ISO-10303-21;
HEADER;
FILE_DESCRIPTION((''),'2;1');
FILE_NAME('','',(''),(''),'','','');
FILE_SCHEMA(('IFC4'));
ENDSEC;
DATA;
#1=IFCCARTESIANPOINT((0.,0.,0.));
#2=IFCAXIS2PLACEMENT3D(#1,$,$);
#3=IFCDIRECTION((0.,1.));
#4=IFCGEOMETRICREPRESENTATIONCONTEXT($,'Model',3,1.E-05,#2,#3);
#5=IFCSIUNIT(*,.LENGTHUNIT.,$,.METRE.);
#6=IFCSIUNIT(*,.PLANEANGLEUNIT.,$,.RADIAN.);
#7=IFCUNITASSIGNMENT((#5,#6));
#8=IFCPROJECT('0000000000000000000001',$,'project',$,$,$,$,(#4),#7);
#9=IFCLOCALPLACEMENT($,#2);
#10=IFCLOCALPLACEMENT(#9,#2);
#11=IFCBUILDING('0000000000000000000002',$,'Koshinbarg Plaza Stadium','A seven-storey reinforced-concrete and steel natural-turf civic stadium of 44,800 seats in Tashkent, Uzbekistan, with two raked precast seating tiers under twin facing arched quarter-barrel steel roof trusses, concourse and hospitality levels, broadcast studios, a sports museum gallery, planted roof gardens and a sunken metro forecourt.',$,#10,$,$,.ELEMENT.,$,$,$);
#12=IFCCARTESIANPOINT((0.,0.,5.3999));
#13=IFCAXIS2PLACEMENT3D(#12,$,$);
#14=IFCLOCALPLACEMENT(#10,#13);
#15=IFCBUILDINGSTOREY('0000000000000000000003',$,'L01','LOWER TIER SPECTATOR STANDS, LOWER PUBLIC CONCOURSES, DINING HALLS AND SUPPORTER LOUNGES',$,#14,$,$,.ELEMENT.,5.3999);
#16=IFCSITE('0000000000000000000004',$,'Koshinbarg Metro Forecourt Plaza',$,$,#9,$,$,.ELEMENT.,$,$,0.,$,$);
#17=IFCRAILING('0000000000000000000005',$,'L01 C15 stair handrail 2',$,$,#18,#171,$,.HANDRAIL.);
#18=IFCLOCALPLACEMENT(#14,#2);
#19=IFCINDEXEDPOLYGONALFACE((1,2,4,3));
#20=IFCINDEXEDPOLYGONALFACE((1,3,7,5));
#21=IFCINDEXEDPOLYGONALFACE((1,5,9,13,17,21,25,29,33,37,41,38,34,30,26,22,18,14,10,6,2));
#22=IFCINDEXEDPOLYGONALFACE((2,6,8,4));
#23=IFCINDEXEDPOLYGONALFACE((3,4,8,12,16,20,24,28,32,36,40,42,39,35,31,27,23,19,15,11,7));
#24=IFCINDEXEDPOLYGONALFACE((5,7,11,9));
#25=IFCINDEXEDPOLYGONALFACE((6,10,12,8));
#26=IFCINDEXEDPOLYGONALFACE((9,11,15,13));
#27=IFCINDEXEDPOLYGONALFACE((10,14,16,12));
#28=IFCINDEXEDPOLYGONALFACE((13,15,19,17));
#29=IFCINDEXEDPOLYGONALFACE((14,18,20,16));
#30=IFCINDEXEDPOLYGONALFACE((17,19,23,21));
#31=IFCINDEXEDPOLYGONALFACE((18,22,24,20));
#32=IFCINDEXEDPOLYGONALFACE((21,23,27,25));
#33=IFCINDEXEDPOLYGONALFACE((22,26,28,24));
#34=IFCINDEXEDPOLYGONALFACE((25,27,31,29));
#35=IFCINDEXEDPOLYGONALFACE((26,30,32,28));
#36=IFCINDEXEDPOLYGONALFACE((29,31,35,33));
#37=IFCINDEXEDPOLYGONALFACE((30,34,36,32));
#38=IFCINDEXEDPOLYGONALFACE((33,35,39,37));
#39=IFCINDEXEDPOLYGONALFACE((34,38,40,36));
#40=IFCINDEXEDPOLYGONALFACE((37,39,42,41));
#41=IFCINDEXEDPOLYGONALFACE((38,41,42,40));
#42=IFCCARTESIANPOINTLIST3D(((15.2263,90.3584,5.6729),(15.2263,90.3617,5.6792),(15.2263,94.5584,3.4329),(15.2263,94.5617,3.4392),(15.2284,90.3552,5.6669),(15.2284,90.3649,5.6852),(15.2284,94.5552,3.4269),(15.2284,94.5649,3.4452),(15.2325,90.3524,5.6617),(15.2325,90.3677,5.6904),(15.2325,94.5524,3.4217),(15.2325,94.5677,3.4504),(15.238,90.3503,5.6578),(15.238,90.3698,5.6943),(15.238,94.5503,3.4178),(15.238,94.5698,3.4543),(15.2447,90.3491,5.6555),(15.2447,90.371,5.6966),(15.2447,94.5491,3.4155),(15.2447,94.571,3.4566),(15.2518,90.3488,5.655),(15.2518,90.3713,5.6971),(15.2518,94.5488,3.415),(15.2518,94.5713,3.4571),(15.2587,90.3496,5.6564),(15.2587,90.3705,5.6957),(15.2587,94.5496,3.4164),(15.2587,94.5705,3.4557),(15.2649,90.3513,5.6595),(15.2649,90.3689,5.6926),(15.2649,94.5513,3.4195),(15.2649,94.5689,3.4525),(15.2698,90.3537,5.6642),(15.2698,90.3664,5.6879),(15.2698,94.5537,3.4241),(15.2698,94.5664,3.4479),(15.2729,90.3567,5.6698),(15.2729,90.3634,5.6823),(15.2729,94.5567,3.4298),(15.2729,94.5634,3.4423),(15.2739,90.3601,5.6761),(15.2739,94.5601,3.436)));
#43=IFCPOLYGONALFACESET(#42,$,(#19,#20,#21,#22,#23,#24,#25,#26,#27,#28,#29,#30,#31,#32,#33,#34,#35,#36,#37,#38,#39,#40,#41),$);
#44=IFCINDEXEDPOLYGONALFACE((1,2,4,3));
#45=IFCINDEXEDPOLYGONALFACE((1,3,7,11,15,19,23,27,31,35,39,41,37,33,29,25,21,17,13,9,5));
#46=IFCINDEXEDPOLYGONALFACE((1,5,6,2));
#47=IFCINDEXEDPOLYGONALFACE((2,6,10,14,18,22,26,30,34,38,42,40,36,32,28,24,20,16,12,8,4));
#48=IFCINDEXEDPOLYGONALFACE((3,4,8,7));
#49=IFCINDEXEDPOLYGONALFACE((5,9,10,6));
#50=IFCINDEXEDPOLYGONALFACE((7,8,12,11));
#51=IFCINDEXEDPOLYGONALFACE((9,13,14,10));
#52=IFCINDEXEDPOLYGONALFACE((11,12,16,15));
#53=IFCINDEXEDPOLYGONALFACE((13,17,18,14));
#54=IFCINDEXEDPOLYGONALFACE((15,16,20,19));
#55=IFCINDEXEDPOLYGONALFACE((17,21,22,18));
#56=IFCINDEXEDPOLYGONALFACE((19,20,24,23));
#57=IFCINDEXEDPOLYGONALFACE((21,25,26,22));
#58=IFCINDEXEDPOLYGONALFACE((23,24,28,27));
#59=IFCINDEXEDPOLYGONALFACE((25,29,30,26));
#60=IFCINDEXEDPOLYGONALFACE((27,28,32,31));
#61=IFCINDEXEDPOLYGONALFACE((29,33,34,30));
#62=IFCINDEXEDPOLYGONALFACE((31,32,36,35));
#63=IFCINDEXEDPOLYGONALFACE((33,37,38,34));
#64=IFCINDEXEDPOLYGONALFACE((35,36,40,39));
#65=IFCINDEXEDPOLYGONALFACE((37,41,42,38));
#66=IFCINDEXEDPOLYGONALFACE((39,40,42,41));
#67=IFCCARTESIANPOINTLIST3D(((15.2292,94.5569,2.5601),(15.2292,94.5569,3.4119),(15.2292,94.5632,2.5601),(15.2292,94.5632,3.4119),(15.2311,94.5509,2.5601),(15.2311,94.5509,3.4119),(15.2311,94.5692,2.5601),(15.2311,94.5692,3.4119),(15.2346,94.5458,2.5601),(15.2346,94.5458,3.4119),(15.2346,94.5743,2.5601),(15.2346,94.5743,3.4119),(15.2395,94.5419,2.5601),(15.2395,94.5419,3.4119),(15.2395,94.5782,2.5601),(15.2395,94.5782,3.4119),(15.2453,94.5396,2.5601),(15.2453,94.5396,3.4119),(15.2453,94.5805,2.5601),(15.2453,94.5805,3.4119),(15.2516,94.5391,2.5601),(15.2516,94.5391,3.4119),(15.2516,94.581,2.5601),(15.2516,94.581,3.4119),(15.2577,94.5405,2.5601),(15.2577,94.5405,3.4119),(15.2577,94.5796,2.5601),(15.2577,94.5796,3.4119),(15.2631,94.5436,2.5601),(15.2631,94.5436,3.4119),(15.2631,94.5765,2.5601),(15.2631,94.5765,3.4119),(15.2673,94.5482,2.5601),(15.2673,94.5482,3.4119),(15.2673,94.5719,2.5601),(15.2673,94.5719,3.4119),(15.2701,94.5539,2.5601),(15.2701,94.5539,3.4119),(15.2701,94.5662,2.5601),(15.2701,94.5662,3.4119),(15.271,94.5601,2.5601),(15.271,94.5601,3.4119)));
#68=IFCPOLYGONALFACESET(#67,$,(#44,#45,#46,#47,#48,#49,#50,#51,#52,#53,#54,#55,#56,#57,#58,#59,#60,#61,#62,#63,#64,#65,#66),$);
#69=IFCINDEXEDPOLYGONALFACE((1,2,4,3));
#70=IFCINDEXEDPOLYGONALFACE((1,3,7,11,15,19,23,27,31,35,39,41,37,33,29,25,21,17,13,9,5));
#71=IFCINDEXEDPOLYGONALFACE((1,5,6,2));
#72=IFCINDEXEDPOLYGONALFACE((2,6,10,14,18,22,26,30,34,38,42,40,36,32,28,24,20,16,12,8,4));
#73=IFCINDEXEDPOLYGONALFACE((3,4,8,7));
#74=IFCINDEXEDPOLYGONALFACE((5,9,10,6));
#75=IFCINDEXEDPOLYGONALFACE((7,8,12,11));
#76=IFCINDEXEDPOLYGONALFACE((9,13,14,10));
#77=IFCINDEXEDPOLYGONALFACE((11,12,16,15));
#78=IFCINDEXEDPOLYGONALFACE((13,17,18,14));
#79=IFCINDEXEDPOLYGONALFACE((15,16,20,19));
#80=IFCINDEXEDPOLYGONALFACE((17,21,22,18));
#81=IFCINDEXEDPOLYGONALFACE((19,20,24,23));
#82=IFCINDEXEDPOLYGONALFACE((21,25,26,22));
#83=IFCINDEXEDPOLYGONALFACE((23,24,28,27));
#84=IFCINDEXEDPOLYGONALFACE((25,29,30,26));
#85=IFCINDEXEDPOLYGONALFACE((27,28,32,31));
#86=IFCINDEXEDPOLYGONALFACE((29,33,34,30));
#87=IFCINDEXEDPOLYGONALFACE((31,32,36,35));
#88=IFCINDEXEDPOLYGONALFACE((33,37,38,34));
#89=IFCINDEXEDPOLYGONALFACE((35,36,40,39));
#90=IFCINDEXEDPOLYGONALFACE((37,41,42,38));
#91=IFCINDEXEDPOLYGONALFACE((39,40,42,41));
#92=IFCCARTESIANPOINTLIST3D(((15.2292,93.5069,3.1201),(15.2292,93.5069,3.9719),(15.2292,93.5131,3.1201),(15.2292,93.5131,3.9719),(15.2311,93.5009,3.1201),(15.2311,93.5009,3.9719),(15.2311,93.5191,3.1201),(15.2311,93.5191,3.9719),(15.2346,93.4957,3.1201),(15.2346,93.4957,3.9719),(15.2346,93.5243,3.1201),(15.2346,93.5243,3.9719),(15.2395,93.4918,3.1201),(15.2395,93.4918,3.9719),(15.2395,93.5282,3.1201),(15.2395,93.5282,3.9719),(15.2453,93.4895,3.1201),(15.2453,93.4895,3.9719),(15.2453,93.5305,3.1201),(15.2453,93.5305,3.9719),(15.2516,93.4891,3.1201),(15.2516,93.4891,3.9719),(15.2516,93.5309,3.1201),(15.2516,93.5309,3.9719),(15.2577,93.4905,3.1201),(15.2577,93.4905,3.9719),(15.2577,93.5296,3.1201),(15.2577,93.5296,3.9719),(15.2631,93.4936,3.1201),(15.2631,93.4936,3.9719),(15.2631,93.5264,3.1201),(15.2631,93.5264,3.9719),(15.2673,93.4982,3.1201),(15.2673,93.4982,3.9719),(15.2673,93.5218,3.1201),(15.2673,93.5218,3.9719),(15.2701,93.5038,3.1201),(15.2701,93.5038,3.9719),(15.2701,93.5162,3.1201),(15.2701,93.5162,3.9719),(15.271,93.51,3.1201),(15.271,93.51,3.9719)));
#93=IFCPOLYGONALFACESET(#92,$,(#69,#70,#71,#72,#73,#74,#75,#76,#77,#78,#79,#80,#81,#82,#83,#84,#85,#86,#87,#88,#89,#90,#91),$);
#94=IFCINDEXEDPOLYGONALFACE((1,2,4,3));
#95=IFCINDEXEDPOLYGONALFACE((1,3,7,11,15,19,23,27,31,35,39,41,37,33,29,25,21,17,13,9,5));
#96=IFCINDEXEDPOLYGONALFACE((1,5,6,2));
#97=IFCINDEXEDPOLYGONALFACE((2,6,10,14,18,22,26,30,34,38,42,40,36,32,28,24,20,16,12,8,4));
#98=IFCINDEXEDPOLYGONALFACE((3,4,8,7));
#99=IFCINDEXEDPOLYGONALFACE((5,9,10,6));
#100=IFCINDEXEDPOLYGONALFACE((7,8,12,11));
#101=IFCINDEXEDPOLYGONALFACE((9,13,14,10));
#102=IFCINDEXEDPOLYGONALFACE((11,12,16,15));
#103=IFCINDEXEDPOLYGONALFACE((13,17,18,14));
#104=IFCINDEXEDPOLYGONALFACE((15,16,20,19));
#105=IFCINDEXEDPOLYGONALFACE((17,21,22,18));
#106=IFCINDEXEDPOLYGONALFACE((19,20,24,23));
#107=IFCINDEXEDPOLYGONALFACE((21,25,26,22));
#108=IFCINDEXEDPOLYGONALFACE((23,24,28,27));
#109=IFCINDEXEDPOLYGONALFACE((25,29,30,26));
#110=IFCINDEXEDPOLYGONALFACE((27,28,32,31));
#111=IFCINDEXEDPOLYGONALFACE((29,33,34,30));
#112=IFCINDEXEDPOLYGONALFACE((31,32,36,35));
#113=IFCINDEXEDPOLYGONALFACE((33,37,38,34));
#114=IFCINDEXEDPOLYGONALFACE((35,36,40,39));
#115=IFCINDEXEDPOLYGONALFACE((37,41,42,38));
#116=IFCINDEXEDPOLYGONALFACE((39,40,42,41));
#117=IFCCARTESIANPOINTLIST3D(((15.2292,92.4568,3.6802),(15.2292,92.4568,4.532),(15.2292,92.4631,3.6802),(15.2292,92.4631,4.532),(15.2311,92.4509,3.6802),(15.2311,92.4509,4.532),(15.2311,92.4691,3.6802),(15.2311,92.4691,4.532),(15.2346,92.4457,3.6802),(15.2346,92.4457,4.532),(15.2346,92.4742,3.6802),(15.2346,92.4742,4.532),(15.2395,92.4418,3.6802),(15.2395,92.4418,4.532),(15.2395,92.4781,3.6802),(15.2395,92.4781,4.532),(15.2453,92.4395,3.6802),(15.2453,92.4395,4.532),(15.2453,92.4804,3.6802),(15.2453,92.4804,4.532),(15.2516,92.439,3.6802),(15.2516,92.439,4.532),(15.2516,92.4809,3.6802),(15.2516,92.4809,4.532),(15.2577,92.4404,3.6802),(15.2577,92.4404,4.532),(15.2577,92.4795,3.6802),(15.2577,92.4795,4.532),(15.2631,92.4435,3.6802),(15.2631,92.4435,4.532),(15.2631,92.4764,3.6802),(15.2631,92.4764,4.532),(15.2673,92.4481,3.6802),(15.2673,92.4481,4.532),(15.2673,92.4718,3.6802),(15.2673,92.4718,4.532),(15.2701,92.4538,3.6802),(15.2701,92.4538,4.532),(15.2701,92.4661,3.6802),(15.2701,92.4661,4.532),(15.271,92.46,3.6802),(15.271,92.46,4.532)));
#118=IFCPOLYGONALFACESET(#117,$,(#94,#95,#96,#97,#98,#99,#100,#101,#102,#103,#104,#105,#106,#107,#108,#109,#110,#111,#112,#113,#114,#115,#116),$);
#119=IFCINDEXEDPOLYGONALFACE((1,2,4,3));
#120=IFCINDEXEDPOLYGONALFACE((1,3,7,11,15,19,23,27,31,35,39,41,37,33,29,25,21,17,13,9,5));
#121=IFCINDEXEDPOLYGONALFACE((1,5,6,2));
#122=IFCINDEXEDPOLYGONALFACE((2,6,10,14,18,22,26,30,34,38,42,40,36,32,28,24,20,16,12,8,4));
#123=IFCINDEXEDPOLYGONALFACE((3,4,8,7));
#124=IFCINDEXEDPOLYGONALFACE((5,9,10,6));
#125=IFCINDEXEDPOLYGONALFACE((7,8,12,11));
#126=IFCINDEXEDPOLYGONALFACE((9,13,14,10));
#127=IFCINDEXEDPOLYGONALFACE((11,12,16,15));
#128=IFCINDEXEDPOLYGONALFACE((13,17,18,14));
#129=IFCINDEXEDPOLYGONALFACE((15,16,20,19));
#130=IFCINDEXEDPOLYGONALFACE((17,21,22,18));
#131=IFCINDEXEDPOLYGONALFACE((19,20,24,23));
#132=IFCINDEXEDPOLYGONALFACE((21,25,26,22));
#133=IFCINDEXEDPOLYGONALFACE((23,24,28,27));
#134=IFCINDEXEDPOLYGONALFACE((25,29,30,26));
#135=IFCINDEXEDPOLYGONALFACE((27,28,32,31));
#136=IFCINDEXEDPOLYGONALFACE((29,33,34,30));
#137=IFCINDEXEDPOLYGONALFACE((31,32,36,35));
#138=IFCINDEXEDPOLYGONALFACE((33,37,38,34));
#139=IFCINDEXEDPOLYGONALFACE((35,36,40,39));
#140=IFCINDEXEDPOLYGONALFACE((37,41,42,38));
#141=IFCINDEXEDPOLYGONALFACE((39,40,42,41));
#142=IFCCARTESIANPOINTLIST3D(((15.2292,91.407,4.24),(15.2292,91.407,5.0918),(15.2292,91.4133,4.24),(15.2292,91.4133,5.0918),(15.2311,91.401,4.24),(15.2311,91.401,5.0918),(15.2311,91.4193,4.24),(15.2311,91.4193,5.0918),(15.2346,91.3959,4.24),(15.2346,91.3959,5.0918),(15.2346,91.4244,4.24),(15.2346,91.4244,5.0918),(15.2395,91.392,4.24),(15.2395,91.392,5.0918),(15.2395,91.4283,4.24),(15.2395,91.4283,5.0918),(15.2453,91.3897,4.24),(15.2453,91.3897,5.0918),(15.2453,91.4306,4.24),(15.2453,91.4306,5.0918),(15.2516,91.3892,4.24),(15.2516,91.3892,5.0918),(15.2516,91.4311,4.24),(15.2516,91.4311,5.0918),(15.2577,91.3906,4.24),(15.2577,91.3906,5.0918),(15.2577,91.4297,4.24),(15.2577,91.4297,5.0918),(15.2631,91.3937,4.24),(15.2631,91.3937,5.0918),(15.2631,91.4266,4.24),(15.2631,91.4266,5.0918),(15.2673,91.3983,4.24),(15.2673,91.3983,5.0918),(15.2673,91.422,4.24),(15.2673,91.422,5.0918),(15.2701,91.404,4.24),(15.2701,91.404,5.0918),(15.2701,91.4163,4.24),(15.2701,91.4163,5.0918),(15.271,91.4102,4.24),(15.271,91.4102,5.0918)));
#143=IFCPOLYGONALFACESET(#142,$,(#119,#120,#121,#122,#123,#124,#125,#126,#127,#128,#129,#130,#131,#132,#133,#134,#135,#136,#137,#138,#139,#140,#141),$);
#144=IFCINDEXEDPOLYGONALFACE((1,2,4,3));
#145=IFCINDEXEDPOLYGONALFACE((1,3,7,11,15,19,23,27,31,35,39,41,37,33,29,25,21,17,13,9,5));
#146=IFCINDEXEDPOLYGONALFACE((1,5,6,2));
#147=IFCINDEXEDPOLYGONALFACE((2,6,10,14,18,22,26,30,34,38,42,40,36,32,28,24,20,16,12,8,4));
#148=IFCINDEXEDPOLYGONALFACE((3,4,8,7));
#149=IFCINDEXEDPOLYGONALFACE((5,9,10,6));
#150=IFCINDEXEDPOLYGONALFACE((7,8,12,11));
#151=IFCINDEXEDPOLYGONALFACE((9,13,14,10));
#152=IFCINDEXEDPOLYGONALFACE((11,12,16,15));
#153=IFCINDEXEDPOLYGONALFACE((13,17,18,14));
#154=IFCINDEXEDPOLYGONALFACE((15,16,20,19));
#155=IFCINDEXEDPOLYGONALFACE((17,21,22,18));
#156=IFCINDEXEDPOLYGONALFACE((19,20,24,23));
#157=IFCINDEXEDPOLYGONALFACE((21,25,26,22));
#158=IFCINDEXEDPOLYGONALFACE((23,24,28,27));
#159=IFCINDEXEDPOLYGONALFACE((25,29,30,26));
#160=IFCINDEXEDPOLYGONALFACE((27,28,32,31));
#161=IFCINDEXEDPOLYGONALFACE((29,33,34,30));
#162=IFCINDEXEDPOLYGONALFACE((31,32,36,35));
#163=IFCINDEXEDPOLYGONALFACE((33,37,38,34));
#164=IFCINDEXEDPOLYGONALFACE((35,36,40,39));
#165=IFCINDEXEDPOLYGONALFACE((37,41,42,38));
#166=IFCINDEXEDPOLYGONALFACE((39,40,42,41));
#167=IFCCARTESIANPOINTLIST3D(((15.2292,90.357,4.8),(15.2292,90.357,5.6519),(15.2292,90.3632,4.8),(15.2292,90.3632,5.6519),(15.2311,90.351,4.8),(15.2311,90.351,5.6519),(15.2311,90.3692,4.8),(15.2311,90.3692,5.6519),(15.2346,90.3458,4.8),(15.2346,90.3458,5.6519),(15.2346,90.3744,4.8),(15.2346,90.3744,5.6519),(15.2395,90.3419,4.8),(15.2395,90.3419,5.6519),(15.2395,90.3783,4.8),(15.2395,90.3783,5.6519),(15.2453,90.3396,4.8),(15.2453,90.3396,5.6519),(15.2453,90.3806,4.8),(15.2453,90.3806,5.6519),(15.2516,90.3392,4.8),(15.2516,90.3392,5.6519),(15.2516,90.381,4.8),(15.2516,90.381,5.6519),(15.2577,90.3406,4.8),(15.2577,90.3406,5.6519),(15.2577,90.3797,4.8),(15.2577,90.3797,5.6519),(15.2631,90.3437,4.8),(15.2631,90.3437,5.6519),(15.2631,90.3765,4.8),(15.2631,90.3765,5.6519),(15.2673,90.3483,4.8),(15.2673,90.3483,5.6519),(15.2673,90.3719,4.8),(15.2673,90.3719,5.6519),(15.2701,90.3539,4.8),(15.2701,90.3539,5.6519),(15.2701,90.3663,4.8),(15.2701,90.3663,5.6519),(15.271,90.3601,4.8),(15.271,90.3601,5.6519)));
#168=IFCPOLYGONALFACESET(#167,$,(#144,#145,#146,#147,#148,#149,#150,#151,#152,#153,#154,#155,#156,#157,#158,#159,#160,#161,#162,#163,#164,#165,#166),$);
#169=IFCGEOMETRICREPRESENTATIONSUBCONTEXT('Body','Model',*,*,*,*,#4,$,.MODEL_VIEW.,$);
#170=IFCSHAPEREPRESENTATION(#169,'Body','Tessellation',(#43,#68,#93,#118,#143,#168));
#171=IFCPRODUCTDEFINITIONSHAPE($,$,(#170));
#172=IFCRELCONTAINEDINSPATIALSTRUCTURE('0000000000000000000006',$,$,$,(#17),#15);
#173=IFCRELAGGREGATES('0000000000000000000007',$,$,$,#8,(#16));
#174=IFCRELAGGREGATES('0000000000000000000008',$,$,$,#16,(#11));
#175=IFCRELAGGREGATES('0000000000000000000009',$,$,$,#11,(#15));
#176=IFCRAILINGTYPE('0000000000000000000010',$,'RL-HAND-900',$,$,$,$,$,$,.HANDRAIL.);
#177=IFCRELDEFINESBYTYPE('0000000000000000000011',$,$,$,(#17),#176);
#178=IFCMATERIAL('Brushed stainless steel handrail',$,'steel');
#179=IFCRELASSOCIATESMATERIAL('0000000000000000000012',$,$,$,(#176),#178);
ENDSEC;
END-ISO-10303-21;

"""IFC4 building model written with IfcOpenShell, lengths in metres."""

from ifc_helpers import new_model, si_unit, direction, frame, origin, origin_2d, place, context, subcontext, project, spatial, circle, extrude, material, type_object, element, save


model = new_model("IFC4")

# Units and contexts
model_context = context("Model", 3, precision=1e-05, world=origin(), true_north=direction((0.0, 1.0)))
body_context = subcontext(model_context, "Body", "Model", "MODEL_VIEW")
ifc_project = project(units=[si_unit("LENGTHUNIT", "METRE"), si_unit("PLANEANGLEUNIT", "RADIAN")], contexts=[model_context])

# Site, building, storey
site_placement = place(None, origin())
site = spatial("IfcSite", under=ifc_project, at=site_placement, Name="Koshinbarg Metro Forecourt Plaza", CompositionType="ELEMENT", RefElevation=0.0)
building_placement = place(site_placement, origin())
building = spatial("IfcBuilding", under=site, at=building_placement, Name="Koshinbarg Plaza Stadium", Description="A seven-storey reinforced-concrete and steel natural-turf civic stadium of 44,800 seats in Tashkent, Uzbekistan, with two raked precast seating tiers under twin facing arched quarter-barrel steel roof trusses, concourse and hospitality levels, broadcast studios, a sports museum gallery, planted roof gardens and a sunken metro forecourt.", CompositionType="ELEMENT")
storey_placement = place(building_placement, frame((0.0, 0.0, 5.3999)))
storey = spatial("IfcBuildingStorey", under=building, at=storey_placement, Name="L01", Description="LOWER TIER SPECTATOR STANDS, LOWER PUBLIC CONCOURSES, DINING HALLS AND SUPPORTER LOUNGES", CompositionType="ELEMENT", Elevation=5.3999)

# Railing
ifc_material_1 = material(Name="Brushed stainless steel handrail", Category="steel")
railing_type_1 = type_object("IfcRailingType", Name="RL-HAND-900", PredefinedType="HANDRAIL", material=ifc_material_1)
railing_1_placement = place(storey_placement, frame((15.25, 94.5601, 2.5601)))
element("IfcRailing", 1, at=railing_1_placement, inside=storey, type_object=railing_type_1, Name="L01 C15 stair handrail 2", PredefinedType="HANDRAIL", context=body_context, shape_type="SweptSolid", body=[
    extrude(circle(Radius=0.0239, at=origin_2d()), frame((0.0, 0.0, 0.876), z_axis=(0.0, -0.882352, 0.470591), x_axis=(1.0, 0.0, 0.0)), (0.0, 0.0, 1.0), 4.76),
    extrude(circle(Radius=0.021, at=origin_2d()), origin(), (0.0, 0.0, 1.0), 0.8518),
    extrude(circle(Radius=0.021, at=origin_2d()), frame((0.0, -1.05, 0.5601)), (0.0, 0.0, 1.0), 0.8518),
    extrude(circle(Radius=0.021, at=origin_2d()), frame((0.0, -2.1001, 1.1201)), (0.0, 0.0, 1.0), 0.8518),
    extrude(circle(Radius=0.021, at=origin_2d()), frame((0.0, -3.1499, 1.6799)), (0.0, 0.0, 1.0), 0.8518),
    extrude(circle(Radius=0.021, at=origin_2d()), frame((0.0, -4.2, 2.24)), (0.0, 0.0, 1.0), 0.8518),
])

save(model, "model.ifc")
